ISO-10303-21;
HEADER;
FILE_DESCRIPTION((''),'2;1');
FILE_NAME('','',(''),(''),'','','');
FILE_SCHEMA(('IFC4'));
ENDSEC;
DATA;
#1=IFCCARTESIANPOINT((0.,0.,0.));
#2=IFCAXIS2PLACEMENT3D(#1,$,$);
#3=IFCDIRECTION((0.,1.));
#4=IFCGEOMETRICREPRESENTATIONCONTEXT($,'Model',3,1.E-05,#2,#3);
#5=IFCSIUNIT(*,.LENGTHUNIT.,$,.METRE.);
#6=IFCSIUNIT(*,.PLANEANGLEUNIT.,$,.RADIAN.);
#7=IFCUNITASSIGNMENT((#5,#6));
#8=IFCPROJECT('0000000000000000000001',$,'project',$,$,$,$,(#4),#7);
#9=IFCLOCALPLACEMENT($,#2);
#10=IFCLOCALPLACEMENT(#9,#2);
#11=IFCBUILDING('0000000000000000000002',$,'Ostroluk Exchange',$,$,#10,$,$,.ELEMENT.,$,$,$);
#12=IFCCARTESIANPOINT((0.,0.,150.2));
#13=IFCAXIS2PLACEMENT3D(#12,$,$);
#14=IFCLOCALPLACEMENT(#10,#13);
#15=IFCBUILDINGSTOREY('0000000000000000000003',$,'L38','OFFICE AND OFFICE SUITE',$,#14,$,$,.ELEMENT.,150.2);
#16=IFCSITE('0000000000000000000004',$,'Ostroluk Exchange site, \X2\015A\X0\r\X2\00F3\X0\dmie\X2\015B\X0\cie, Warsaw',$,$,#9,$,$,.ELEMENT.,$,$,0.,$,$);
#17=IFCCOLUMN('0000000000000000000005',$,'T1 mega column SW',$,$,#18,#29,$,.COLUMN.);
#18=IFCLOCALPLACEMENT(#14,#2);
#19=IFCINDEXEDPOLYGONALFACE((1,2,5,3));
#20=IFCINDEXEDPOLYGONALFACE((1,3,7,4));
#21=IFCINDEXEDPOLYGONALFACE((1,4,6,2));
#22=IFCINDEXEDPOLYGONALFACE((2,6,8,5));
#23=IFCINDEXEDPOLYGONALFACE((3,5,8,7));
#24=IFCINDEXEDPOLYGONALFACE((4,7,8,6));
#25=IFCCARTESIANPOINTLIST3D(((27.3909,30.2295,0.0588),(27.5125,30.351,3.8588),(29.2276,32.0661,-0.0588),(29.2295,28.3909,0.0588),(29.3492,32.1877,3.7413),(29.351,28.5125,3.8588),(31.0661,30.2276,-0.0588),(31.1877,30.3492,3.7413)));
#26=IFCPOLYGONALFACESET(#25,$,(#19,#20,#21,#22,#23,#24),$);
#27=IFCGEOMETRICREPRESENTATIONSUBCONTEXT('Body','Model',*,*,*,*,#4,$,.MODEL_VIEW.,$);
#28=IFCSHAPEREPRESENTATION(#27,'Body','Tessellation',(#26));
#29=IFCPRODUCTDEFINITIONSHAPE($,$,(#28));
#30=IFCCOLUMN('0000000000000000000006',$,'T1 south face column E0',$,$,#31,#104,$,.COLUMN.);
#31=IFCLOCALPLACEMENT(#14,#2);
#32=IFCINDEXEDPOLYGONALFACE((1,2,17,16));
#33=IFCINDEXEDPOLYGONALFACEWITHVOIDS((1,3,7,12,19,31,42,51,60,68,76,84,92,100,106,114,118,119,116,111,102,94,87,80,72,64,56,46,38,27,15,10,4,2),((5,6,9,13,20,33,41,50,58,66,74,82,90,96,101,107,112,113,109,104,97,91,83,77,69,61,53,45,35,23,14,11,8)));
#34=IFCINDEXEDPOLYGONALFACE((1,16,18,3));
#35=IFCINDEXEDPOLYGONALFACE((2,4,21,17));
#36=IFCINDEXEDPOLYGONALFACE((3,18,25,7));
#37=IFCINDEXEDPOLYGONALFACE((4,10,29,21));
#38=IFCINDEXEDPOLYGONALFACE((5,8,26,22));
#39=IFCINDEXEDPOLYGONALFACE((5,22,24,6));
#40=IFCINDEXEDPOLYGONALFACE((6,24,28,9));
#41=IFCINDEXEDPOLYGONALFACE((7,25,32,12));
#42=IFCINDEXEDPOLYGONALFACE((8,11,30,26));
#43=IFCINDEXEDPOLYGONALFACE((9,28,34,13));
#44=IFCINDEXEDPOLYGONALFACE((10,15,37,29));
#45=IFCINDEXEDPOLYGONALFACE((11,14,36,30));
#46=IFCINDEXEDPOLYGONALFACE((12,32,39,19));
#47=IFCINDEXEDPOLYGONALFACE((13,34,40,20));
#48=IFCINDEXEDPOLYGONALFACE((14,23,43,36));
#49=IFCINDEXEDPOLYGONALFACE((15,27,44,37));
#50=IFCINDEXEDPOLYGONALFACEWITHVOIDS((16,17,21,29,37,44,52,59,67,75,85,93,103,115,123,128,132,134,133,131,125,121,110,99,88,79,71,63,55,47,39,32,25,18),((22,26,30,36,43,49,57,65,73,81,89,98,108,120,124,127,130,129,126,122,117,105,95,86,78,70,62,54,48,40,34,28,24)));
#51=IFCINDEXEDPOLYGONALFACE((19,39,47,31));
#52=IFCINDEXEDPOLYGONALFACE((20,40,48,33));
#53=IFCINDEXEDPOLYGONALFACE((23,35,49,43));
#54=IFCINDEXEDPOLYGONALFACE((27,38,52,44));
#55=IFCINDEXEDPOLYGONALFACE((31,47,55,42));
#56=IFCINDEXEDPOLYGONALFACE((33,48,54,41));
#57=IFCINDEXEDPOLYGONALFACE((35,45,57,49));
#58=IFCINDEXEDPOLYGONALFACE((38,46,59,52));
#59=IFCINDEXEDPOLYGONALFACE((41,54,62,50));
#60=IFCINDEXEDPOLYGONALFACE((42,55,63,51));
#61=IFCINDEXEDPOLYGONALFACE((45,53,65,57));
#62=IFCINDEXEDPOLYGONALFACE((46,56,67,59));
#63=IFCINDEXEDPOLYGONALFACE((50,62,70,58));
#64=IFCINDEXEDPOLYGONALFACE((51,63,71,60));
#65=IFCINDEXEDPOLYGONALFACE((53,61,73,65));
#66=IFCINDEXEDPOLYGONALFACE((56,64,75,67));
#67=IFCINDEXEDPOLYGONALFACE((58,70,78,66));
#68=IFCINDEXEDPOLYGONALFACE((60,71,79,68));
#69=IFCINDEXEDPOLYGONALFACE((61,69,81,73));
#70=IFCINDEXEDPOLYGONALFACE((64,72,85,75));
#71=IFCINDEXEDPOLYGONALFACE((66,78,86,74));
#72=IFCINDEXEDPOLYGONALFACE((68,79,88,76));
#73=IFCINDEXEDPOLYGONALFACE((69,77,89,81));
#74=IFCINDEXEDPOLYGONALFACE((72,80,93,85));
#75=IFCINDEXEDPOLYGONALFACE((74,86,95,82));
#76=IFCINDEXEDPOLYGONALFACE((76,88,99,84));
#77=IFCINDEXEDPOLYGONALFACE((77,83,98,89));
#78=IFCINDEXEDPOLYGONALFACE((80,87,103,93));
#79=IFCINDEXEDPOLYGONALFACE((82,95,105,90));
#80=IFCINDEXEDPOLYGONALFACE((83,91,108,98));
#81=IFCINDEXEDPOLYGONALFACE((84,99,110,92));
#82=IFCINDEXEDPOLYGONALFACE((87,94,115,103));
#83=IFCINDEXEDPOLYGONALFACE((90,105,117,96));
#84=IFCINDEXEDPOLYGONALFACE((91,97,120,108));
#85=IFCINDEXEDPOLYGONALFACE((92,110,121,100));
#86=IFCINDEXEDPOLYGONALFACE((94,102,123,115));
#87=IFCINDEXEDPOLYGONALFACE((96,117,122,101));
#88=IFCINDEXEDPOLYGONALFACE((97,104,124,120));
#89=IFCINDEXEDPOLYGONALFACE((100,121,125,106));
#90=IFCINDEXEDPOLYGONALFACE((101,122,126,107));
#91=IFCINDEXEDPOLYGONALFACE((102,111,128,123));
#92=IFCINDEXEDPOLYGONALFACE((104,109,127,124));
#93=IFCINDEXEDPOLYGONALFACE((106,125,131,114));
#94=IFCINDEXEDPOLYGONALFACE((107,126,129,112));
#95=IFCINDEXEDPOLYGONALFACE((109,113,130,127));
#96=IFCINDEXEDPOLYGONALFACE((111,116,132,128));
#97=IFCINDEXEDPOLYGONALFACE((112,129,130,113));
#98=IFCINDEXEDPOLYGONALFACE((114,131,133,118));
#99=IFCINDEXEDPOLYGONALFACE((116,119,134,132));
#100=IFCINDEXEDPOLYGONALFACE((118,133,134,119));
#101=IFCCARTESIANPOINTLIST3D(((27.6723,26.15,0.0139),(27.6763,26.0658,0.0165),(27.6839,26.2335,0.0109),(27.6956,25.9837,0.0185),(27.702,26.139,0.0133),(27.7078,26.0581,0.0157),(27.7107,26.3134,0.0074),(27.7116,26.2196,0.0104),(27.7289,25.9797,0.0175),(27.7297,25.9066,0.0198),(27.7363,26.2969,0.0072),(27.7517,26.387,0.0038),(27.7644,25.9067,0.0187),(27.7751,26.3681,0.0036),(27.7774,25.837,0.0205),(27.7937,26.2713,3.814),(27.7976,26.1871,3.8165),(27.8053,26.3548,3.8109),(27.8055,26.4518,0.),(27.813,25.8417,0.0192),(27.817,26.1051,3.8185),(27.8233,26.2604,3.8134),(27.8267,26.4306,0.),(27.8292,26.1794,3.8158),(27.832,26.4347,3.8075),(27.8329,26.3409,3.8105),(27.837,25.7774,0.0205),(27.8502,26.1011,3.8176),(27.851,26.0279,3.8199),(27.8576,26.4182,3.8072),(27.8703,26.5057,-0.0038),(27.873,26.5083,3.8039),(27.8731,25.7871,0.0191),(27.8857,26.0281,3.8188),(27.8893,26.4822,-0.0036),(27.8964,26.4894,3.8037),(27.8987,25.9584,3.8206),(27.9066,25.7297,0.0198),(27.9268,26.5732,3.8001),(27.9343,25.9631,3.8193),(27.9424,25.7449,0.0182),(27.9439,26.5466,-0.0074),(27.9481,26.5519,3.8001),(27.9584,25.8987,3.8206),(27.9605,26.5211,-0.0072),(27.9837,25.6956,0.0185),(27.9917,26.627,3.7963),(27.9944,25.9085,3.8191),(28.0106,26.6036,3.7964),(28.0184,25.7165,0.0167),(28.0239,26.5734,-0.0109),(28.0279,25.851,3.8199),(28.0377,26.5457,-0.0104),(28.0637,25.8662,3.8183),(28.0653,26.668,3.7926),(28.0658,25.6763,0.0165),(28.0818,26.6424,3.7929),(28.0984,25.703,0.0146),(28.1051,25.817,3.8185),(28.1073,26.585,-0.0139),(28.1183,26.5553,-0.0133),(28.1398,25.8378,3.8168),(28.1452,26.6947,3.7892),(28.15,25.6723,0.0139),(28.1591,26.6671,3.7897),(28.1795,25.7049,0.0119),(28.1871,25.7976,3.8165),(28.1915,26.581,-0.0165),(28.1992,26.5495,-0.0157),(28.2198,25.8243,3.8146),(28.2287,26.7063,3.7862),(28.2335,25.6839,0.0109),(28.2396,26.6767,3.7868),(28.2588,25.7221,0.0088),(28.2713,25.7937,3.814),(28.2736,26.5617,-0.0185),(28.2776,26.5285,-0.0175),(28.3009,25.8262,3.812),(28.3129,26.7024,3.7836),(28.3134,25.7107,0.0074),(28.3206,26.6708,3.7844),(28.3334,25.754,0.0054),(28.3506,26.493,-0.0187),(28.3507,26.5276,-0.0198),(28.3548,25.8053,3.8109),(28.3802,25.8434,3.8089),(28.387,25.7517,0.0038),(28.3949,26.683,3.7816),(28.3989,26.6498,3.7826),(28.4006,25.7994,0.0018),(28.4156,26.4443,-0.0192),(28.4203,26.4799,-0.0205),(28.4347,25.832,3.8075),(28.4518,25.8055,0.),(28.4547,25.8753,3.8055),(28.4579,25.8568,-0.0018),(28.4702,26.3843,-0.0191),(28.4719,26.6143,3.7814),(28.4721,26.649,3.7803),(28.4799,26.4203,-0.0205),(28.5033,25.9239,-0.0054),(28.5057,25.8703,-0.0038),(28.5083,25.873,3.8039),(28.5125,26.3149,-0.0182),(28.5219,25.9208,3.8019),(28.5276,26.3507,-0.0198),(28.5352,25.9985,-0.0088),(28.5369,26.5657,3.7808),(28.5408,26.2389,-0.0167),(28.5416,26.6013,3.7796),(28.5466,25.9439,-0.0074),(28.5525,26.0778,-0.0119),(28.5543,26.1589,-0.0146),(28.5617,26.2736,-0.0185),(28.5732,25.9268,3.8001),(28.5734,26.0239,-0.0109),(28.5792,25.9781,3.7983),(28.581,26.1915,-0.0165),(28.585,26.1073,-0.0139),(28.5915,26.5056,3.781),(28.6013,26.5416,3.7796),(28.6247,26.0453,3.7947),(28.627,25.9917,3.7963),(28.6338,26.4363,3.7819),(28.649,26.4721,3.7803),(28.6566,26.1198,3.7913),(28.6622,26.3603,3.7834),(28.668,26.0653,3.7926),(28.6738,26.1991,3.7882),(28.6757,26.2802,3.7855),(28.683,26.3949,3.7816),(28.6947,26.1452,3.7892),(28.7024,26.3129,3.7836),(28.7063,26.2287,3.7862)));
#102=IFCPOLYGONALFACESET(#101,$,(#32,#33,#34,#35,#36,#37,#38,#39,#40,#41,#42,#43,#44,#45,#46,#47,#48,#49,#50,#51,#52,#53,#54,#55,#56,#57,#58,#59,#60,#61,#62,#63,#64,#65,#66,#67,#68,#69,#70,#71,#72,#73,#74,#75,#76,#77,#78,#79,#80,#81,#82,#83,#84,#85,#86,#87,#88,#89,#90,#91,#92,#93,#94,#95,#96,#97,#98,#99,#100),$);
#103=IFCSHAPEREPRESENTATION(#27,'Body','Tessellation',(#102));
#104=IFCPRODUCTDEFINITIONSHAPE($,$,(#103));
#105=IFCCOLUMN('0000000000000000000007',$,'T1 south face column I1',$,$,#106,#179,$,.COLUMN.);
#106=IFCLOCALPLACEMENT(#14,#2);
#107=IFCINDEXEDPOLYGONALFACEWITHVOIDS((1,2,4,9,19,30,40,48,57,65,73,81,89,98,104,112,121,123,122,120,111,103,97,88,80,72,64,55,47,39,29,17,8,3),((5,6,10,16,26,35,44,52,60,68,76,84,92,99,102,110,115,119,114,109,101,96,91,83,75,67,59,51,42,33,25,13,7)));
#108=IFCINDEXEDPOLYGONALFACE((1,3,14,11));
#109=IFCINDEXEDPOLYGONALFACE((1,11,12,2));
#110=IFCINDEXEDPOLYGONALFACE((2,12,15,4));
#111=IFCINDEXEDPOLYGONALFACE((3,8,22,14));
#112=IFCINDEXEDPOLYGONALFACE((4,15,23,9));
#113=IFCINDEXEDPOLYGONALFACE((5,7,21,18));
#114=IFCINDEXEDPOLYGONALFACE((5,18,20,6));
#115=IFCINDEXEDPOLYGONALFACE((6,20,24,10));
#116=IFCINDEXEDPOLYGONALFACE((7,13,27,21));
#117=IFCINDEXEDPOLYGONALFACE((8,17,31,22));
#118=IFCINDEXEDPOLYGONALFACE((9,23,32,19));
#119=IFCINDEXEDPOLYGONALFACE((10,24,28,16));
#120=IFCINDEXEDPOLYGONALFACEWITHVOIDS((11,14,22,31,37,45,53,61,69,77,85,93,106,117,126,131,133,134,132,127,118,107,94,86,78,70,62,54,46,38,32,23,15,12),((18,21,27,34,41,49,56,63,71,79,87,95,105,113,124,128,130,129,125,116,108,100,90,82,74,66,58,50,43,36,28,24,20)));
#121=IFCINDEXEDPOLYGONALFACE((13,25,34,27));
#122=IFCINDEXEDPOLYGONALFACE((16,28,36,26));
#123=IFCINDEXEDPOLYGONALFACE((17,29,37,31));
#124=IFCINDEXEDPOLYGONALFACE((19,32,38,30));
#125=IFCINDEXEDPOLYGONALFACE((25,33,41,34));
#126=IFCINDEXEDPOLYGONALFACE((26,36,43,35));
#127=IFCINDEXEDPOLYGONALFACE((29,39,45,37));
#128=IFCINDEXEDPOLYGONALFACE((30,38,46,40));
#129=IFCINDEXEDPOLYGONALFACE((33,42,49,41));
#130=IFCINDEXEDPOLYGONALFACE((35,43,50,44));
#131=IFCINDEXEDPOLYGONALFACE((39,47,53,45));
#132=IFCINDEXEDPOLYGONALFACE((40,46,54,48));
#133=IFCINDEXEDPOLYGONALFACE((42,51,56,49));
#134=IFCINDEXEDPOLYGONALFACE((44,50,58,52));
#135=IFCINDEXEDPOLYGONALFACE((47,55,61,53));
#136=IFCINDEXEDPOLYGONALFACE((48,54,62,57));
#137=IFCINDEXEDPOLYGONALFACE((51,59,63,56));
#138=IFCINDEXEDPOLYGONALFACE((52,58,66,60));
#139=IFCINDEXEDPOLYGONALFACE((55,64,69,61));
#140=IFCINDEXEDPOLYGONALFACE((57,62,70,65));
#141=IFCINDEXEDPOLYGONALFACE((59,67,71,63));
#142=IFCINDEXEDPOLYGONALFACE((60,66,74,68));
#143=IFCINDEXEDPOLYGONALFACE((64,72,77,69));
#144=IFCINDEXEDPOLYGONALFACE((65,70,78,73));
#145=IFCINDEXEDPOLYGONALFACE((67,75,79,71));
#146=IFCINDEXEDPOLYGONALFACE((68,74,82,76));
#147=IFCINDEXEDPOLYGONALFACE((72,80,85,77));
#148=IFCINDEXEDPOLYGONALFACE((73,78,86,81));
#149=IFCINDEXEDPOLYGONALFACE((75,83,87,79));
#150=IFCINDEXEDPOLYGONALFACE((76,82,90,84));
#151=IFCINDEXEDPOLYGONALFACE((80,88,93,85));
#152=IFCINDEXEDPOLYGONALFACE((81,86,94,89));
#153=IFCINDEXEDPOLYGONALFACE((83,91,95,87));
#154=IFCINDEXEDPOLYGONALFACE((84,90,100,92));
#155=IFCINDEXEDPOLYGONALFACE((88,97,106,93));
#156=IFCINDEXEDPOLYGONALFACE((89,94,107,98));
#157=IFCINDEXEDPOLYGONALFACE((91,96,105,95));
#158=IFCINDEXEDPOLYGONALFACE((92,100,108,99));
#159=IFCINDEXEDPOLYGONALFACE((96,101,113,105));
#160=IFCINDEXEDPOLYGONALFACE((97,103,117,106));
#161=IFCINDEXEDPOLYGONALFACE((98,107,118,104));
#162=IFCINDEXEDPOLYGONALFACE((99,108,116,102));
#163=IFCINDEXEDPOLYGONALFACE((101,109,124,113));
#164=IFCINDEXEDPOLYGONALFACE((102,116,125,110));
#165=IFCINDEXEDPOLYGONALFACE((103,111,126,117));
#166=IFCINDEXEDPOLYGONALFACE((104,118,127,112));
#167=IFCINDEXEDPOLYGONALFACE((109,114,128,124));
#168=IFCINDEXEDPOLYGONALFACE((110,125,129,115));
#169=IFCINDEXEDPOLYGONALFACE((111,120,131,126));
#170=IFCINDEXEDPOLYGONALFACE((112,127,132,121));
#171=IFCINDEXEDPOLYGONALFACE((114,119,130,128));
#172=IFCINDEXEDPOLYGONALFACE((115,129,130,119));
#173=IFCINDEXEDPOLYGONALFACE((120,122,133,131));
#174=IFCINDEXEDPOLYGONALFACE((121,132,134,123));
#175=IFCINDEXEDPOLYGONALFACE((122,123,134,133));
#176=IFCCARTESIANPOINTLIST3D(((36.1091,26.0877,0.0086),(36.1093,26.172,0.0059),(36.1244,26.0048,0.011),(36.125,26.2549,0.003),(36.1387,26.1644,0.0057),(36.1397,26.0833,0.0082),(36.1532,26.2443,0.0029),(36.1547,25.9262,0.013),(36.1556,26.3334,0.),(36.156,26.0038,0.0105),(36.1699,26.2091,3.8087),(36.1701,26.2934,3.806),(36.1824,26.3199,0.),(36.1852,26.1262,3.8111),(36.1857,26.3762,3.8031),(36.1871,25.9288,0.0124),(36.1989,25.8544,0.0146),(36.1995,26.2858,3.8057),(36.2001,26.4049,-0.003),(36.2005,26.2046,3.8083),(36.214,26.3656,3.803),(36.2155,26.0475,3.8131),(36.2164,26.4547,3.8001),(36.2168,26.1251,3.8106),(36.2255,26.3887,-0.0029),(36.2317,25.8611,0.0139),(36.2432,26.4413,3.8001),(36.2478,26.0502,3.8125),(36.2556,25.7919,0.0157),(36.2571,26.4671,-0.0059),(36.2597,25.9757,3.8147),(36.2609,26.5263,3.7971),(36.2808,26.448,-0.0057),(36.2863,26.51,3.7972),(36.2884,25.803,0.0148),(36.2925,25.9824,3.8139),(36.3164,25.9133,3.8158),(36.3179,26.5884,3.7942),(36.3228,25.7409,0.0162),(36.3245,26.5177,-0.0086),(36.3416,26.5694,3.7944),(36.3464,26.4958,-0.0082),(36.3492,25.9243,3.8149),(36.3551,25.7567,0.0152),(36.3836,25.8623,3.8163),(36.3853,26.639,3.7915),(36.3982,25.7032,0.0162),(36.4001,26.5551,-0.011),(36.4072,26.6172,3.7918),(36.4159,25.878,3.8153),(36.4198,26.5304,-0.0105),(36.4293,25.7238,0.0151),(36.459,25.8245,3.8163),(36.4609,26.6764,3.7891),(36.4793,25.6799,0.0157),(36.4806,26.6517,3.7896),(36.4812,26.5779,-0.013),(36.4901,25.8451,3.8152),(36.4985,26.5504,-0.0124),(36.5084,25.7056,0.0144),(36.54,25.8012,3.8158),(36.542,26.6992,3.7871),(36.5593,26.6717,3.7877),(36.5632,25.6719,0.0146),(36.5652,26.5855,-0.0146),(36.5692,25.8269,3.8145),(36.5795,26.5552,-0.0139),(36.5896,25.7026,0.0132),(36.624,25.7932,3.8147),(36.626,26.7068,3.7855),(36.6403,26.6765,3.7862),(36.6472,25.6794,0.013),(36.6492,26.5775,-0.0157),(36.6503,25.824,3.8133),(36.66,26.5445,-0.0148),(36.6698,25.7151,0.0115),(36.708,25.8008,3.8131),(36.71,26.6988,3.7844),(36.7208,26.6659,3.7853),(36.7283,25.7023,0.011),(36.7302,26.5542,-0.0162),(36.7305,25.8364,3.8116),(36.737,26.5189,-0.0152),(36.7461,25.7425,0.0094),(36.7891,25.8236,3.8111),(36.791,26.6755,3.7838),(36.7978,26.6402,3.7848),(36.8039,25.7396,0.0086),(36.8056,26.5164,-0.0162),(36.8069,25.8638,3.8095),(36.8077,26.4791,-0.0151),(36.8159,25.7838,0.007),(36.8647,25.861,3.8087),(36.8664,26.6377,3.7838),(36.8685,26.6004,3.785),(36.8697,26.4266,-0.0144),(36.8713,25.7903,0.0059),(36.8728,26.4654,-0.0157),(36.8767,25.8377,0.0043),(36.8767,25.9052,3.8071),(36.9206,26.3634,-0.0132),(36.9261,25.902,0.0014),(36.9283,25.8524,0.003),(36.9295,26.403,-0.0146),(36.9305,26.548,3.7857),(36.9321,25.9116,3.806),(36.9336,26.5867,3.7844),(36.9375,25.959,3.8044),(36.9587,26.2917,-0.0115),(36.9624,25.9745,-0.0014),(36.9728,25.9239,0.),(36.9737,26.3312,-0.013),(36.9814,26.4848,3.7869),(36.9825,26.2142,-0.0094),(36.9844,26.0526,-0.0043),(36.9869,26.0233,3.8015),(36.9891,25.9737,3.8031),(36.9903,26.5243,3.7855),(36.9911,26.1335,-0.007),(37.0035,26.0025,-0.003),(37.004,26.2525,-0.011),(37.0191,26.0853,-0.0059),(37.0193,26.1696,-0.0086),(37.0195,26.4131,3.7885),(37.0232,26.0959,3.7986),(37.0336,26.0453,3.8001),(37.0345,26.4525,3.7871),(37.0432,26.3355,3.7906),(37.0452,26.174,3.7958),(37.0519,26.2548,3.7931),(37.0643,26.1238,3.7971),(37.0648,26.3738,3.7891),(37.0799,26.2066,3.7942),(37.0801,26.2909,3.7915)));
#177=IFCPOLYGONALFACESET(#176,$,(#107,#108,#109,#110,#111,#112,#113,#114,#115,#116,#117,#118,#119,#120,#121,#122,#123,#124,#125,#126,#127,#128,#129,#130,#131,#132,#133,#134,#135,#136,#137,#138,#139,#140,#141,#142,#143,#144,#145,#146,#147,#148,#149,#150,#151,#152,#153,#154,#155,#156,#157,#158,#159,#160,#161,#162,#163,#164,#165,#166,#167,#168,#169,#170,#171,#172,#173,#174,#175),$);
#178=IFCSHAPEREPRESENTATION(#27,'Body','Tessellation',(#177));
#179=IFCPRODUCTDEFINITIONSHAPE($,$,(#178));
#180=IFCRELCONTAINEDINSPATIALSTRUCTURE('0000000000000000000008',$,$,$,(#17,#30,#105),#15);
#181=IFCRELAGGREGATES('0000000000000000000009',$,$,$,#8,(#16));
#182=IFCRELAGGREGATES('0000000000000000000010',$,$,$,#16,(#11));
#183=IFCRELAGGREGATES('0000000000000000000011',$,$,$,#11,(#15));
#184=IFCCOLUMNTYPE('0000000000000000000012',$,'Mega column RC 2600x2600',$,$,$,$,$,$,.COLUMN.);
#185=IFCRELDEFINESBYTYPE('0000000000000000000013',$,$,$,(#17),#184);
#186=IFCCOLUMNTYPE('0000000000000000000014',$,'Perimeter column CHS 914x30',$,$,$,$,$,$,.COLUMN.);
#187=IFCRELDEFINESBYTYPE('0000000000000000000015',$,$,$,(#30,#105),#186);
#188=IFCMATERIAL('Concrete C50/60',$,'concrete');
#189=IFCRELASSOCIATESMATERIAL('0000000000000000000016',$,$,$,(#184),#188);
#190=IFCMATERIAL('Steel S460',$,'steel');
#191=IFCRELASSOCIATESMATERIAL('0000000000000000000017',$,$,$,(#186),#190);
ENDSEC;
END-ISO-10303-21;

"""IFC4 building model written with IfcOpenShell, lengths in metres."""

from ifc_helpers import new_model, si_unit, direction, frame, origin, origin_2d, place, context, subcontext, project, spatial, rectangle, hollow_circle, extrude, material, material_profile, profile_set, type_object, element, save


model = new_model("IFC4")

# Units and contexts
model_context = context("Model", 3, precision=1e-05, world=origin(), true_north=direction((0.0, 1.0)))
body_context = subcontext(model_context, "Body", "Model", "MODEL_VIEW")
ifc_project = project(units=[si_unit("LENGTHUNIT", "METRE"), si_unit("PLANEANGLEUNIT", "RADIAN")], contexts=[model_context])

# Site, building, storey
site_placement = place(None, origin())
site = spatial("IfcSite", under=ifc_project, at=site_placement, Name="Ostroluk Exchange site, Śródmieście, Warsaw", CompositionType="ELEMENT", RefElevation=0.0)
building_placement = place(site_placement, origin())
building = spatial("IfcBuilding", under=site, at=building_placement, Name="Ostroluk Exchange", CompositionType="ELEMENT")
storey_placement = place(building_placement, frame((0.0, 0.0, 150.2)))
storey = spatial("IfcBuildingStorey", under=building, at=storey_placement, Name="L38", Description="OFFICE AND OFFICE SUITE", CompositionType="ELEMENT", Elevation=150.2)

# Columns
ifc_material_1 = material(Name="Concrete C50/60", Category="concrete")
ifc_material_profile_1 = material_profile(ifc_material_1, rectangle(XDim=2.6001, YDim=2.6001, at=origin_2d()), Name="RC 2600x2600")
ifc_profile_set_1 = profile_set([ifc_material_profile_1], Name="Concrete C50/60")
column_type_1 = type_object("IfcColumnType", Name="Mega column RC 2600x2600", PredefinedType="COLUMN", material=ifc_profile_set_1)
column_1_placement = place(storey_placement, frame((29.2285, 30.2285, 0.0), z_axis=(0.031962, 0.031962, 0.998978), x_axis=(-0.707107, 0.707107, 0.0)))
element("IfcColumn", 1, at=column_1_placement, inside=storey, type_object=column_type_1, Name="T1 mega column SW", PredefinedType="COLUMN", context=body_context, shape_type="SweptSolid", body=[
    extrude(rectangle(XDim=2.6001, YDim=2.6001, at=origin_2d()), origin(), (0.0, 0.0, 1.0), 3.804),
])
ifc_material_2 = material(Name="Steel S460", Category="steel")
ifc_material_profile_2 = material_profile(ifc_material_2, hollow_circle(Radius=0.457, WallThickness=0.03, at=origin_2d()), Name="CHS 914x30")
ifc_profile_set_2 = profile_set([ifc_material_profile_2], Name="Steel S460")
column_type_2 = type_object("IfcColumnType", Name="Perimeter column CHS 914x30", PredefinedType="COLUMN", material=ifc_profile_set_2)
column_2_placement = place(storey_placement, frame((28.1287, 26.1287, 0.0), z_axis=(0.031898, 0.031898, 0.998982), x_axis=(-0.707107, 0.707107, 0.0)))
element("IfcColumn", 2, at=column_2_placement, inside=storey, type_object=column_type_2, Name="T1 south face column E0", PredefinedType="COLUMN", context=body_context, shape_type="SweptSolid", body=[
    extrude(hollow_circle(Radius=0.457, WallThickness=0.03, at=origin_2d()), origin(), (0.0, 0.0, 1.0), 3.804),
])
column_3_placement = place(storey_placement, frame((36.5642, 26.1287, 0.0), z_axis=(0.015987, 0.03191, 0.999363), x_axis=(-0.894067, 0.447933, 0.0)))
element("IfcColumn", 3, at=column_3_placement, inside=storey, type_object=column_type_2, Name="T1 south face column I1", PredefinedType="COLUMN", context=body_context, shape_type="SweptSolid", body=[
    extrude(hollow_circle(Radius=0.457, WallThickness=0.03, at=origin_2d()), origin(), (0.0, 0.0, 1.0), 3.8025),
])

save(model, "model.ifc")
